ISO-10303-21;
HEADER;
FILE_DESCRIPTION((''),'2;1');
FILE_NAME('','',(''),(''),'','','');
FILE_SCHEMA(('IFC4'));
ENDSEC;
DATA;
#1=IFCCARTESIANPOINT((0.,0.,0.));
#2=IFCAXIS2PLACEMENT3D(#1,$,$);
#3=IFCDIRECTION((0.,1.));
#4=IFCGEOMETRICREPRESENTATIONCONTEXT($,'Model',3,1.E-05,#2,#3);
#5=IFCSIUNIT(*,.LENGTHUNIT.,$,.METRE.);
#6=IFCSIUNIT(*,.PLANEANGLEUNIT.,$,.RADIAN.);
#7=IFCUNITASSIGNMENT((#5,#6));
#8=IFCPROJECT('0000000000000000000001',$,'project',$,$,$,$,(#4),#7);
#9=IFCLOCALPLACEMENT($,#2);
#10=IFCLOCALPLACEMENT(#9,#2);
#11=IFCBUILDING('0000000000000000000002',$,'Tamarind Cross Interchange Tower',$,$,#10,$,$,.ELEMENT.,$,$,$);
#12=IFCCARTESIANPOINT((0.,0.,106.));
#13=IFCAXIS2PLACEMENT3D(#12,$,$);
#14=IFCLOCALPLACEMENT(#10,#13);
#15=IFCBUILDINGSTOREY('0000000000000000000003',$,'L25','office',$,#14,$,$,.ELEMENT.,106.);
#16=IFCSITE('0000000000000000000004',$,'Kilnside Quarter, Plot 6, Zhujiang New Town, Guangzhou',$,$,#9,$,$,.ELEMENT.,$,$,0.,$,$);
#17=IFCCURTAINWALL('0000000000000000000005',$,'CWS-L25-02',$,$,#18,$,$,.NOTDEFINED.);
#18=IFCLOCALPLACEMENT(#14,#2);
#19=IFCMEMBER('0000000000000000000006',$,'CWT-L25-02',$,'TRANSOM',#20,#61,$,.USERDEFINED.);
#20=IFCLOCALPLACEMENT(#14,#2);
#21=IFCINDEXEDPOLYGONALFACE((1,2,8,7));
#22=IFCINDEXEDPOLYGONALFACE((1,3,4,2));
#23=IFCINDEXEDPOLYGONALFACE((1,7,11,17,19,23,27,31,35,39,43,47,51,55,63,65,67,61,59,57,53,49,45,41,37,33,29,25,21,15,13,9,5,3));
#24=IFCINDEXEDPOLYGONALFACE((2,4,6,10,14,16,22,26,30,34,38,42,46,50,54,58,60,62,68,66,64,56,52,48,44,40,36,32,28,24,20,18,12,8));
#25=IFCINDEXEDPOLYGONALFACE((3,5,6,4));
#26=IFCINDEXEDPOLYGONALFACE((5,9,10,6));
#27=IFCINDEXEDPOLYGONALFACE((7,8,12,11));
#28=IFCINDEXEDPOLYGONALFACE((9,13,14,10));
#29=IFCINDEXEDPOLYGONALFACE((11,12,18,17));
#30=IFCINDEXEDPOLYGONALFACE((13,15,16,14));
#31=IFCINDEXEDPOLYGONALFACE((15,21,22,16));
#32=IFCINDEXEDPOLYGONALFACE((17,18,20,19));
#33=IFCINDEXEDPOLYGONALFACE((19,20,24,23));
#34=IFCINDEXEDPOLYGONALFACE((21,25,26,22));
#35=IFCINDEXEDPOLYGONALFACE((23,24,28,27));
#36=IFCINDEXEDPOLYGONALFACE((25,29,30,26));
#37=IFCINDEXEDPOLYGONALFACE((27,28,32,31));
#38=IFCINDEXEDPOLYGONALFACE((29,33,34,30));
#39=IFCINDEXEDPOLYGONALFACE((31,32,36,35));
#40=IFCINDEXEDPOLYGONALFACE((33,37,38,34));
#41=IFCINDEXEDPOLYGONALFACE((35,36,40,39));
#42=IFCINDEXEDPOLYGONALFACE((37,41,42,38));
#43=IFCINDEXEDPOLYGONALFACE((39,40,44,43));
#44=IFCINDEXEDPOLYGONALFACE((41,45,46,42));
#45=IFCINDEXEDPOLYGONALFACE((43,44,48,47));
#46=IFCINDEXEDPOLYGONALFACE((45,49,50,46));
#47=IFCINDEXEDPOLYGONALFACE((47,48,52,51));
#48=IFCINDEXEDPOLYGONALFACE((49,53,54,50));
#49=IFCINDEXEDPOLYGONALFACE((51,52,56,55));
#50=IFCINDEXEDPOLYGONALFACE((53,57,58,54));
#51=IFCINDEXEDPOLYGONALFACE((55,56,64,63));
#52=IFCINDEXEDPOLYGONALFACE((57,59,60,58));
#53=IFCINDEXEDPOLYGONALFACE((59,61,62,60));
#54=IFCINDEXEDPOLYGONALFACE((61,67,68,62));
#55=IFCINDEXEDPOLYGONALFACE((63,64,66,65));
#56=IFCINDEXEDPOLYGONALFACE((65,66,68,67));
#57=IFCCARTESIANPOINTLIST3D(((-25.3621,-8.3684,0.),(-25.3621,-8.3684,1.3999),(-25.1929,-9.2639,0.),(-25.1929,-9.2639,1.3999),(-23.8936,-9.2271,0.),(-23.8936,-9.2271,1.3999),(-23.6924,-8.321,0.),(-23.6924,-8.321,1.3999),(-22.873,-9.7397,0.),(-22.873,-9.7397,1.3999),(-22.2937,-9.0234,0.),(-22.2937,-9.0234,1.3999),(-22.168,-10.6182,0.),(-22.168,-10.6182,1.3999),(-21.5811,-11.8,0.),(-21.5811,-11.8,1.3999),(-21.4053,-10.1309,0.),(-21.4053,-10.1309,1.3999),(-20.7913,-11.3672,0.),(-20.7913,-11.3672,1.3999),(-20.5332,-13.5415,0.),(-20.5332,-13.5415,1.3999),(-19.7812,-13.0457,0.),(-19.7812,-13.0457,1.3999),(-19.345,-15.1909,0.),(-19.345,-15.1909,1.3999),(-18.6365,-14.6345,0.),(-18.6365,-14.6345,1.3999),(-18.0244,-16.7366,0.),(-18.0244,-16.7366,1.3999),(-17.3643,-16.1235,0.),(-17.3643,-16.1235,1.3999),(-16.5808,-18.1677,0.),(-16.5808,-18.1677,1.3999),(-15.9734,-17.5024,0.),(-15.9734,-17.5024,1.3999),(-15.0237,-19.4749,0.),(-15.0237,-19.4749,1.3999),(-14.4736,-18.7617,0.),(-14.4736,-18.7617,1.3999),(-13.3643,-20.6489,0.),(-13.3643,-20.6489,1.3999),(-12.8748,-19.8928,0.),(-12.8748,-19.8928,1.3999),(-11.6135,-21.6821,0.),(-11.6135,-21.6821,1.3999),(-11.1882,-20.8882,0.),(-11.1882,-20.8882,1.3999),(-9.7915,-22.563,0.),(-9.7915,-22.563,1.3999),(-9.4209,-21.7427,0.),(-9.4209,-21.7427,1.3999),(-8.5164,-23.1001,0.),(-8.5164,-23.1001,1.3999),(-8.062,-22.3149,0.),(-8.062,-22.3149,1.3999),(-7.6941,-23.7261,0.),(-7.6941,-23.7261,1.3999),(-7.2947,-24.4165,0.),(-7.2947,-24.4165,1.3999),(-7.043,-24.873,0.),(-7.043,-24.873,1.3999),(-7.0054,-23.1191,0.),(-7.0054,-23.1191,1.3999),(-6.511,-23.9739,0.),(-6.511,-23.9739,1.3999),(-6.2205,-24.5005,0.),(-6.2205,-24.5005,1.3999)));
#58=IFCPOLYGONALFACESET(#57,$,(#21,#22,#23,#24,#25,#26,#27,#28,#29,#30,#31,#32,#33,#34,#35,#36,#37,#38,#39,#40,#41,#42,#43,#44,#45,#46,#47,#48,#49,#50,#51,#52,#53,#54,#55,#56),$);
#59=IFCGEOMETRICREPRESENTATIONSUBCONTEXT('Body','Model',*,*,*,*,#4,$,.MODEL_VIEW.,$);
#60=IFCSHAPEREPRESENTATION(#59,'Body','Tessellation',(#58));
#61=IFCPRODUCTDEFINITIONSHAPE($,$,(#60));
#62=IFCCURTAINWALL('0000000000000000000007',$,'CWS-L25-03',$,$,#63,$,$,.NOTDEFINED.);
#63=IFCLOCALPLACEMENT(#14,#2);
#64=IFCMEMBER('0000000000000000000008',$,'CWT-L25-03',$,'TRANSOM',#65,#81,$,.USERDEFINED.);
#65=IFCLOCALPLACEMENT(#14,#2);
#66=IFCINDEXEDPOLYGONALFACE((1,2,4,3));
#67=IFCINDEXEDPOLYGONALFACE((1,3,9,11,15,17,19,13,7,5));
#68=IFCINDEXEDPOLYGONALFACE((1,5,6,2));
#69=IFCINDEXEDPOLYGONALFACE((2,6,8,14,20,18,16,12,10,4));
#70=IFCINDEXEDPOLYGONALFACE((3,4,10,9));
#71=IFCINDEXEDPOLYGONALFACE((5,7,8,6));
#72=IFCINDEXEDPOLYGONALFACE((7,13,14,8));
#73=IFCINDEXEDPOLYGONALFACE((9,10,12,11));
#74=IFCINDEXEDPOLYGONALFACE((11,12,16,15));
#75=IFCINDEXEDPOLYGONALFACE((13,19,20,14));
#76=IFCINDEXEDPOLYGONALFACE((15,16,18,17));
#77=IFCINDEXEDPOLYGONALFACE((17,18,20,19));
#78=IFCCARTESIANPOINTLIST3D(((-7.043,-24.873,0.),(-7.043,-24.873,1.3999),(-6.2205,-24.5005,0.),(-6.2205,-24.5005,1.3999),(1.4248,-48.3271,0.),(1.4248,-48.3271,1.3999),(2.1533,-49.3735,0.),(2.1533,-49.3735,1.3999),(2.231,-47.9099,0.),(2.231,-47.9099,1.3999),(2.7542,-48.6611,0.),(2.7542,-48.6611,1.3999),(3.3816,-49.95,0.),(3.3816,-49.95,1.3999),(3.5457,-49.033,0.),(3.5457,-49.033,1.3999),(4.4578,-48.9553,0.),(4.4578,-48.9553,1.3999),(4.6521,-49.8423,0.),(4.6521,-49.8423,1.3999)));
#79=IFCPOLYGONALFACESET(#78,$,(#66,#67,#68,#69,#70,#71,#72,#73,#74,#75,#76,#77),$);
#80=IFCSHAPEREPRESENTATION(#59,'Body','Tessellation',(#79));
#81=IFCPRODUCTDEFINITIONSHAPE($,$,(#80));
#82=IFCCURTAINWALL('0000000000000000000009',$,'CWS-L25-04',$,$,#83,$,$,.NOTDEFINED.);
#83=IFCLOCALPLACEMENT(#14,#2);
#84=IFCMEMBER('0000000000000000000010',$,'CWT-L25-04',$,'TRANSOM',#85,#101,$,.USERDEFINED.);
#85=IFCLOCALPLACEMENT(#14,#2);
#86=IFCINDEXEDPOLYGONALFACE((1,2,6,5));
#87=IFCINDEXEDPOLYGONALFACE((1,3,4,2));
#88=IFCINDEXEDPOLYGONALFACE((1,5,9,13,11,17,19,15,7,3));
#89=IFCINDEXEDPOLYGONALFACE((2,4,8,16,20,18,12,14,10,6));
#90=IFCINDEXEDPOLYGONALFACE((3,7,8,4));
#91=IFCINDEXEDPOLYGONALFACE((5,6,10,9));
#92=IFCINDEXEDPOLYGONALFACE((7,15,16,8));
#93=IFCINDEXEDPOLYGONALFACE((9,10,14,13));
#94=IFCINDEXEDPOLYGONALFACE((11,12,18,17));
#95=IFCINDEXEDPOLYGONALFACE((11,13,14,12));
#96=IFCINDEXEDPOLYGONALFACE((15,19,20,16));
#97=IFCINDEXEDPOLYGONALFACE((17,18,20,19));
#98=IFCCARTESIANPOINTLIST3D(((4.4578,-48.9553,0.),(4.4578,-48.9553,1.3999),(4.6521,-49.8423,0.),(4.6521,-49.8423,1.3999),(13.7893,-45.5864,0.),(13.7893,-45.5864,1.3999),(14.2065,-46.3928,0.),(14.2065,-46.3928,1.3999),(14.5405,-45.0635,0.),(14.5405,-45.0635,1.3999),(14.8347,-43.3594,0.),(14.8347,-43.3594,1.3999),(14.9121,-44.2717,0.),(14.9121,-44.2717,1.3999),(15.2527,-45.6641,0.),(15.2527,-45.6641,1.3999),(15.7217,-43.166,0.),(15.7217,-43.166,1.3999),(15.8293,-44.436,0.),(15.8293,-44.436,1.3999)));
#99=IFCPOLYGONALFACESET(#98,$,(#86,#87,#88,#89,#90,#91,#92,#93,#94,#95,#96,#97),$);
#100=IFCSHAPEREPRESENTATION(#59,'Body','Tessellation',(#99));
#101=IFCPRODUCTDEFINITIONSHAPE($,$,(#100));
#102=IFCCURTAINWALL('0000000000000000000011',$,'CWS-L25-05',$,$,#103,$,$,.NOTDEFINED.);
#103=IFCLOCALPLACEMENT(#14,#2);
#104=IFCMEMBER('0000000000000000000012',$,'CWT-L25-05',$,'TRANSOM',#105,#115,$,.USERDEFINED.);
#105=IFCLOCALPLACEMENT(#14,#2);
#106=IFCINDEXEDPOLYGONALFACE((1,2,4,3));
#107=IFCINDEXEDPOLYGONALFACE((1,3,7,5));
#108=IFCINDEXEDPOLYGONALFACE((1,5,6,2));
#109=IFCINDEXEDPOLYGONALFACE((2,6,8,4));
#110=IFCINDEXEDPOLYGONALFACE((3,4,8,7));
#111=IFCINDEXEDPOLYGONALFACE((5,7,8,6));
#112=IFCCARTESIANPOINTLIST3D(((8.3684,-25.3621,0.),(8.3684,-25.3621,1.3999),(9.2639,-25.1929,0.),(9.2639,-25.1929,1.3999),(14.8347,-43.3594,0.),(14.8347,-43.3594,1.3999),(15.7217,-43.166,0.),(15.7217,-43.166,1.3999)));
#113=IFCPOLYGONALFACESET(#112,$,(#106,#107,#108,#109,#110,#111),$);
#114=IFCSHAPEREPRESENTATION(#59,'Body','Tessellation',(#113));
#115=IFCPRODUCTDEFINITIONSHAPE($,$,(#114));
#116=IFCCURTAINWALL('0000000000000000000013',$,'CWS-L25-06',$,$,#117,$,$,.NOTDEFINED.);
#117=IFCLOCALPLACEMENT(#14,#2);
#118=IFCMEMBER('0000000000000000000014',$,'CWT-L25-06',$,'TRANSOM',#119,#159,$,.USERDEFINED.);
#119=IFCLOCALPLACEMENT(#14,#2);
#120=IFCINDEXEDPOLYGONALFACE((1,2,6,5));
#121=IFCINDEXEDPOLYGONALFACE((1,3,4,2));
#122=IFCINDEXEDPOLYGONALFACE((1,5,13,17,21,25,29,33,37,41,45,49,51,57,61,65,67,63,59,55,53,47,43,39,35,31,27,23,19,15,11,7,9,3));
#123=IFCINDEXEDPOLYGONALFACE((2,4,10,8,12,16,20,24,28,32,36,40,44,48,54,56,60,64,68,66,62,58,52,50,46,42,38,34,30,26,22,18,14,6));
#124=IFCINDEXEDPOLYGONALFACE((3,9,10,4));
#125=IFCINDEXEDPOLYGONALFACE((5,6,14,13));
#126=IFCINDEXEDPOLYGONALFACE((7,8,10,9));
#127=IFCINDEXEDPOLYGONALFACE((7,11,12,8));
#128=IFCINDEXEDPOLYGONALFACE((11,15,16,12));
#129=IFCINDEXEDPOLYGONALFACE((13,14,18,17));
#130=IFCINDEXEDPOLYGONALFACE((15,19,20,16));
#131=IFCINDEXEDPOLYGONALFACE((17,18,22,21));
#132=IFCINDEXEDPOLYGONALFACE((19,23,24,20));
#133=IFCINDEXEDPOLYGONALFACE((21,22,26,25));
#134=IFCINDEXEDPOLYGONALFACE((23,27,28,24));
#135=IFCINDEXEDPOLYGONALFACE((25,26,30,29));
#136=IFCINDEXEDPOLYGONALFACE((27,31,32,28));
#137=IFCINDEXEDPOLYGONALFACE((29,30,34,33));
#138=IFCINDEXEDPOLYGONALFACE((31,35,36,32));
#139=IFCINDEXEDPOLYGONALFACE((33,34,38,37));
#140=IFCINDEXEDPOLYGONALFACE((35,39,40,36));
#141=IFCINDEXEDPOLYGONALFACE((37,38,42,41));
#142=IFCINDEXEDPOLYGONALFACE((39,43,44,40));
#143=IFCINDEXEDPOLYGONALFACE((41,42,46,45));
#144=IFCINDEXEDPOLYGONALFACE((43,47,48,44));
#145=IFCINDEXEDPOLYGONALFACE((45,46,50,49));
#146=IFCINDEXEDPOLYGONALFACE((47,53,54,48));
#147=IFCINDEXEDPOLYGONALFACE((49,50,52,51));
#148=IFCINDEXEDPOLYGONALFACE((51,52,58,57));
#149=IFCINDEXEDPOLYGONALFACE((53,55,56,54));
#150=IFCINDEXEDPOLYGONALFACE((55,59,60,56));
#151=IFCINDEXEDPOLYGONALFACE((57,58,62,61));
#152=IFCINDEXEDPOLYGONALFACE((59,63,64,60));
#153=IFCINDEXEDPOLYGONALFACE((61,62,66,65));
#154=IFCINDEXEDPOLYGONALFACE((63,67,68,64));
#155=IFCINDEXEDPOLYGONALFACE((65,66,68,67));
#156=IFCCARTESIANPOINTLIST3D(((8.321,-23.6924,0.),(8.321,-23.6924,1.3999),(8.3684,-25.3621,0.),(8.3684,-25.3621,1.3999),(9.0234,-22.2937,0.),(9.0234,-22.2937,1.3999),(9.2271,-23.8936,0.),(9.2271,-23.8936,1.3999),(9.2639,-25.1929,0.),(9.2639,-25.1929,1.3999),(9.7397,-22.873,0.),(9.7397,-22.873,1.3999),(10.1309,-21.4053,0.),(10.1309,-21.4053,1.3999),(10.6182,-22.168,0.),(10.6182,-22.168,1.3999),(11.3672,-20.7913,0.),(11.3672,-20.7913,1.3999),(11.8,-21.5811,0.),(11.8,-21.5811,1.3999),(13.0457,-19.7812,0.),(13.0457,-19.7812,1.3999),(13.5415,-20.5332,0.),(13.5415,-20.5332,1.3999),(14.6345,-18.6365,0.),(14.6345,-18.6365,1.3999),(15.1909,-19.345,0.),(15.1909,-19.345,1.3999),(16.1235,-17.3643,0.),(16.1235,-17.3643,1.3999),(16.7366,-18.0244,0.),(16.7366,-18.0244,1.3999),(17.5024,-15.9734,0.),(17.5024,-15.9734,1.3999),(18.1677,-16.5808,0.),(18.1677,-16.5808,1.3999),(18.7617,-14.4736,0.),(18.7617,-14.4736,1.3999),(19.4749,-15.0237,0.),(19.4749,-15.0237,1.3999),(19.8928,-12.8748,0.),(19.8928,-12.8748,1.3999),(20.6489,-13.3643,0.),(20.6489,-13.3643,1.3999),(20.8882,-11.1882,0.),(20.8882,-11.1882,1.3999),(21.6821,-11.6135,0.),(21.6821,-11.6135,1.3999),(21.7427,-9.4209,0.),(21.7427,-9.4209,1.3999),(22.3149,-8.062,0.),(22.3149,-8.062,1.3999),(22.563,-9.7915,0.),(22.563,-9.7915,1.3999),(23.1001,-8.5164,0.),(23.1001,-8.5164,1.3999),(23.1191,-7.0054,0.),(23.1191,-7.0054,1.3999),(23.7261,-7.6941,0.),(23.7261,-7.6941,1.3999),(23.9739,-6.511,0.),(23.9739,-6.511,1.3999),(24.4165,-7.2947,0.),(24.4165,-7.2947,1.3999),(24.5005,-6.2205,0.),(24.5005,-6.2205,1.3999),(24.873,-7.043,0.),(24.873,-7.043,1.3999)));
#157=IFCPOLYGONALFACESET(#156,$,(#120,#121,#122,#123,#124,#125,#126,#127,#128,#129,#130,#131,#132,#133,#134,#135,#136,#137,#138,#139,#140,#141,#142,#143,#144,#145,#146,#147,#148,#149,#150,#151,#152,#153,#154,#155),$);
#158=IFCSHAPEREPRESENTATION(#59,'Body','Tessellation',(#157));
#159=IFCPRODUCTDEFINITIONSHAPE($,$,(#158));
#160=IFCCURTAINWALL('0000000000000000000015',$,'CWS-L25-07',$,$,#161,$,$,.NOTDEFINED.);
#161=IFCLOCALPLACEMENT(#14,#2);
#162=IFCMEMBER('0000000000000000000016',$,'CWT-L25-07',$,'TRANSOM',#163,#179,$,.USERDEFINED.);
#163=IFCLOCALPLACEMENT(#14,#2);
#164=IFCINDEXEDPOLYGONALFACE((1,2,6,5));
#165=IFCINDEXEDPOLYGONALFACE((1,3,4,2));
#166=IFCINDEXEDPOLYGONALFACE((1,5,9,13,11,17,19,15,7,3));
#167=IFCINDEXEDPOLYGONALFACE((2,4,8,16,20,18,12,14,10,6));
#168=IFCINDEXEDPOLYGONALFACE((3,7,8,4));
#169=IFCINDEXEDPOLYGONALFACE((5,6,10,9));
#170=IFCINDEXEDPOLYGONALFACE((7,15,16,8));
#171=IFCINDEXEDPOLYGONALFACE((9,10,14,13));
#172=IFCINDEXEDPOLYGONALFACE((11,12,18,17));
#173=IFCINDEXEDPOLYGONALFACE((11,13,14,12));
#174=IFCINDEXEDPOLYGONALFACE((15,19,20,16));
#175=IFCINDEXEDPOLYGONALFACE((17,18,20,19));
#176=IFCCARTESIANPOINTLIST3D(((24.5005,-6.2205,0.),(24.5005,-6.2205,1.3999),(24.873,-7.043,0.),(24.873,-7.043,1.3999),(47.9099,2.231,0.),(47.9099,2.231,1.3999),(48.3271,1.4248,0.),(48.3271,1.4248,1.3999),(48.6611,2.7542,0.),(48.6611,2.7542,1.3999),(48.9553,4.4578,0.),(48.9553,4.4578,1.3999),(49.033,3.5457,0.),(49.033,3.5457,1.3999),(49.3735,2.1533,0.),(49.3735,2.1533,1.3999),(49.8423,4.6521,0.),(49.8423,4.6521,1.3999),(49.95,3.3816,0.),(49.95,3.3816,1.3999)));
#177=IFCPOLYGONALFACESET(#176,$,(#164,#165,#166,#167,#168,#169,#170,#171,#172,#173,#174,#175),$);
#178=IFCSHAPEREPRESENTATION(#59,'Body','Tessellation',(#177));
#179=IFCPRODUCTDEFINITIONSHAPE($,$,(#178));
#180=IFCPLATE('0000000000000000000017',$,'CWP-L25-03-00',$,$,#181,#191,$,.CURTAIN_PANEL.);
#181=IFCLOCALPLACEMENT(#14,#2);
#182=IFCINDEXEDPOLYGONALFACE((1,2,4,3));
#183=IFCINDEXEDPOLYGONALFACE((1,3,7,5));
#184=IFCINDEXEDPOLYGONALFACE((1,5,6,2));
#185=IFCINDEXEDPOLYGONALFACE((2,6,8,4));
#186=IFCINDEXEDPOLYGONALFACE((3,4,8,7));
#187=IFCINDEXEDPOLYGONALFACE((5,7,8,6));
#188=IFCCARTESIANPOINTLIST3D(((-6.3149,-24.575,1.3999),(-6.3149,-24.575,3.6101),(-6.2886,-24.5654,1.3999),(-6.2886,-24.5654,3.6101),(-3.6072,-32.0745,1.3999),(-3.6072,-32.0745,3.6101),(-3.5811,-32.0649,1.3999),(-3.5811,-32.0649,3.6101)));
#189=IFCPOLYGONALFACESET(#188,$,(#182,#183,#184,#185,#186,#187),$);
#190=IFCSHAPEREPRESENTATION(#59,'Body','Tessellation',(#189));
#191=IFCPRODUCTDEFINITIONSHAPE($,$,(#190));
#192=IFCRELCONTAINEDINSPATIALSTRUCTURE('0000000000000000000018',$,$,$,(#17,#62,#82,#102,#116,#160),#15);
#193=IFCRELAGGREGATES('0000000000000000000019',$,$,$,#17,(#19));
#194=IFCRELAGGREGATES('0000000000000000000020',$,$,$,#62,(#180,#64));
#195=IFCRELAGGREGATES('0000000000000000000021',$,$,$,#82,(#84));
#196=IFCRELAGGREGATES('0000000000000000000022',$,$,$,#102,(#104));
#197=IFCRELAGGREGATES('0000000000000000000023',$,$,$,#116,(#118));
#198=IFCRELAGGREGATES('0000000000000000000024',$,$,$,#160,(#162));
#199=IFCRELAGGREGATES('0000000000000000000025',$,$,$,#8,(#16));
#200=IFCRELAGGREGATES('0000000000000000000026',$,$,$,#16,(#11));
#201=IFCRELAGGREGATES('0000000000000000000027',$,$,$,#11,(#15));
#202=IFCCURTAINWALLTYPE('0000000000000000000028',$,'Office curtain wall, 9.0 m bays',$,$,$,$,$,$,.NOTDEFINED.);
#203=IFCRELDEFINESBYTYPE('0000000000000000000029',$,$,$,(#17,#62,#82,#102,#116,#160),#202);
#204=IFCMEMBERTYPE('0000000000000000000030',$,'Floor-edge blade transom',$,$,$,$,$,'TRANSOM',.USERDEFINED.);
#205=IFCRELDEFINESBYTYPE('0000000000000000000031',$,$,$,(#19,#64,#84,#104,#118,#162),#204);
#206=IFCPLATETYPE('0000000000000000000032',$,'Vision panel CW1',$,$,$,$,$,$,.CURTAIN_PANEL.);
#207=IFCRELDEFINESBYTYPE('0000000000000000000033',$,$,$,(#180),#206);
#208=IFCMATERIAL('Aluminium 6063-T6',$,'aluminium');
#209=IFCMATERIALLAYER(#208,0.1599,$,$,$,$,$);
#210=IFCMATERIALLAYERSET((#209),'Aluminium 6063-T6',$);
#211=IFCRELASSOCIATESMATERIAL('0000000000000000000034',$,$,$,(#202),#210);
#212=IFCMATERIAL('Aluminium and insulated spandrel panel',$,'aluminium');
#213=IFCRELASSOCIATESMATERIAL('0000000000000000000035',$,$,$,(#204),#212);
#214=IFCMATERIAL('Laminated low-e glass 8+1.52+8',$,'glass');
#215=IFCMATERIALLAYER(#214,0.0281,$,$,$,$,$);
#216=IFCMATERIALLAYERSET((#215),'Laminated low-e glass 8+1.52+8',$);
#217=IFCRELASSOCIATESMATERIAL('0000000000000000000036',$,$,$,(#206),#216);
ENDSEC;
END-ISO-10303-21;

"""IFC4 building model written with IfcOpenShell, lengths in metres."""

from ifc_helpers import new_model, si_unit, direction, frame, origin, place, context, subcontext, project, spatial, polyline, outline, extrude, material, layer, layer_set, type_object, element, aggregate, save


model = new_model("IFC4")

# Units and contexts
model_context = context("Model", 3, precision=1e-05, world=origin(), true_north=direction((0.0, 1.0)))
body_context = subcontext(model_context, "Body", "Model", "MODEL_VIEW")
ifc_project = project(units=[si_unit("LENGTHUNIT", "METRE"), si_unit("PLANEANGLEUNIT", "RADIAN")], contexts=[model_context])

# Site, building, storey
site_placement = place(None, origin())
site = spatial("IfcSite", under=ifc_project, at=site_placement, Name="Kilnside Quarter, Plot 6, Zhujiang New Town, Guangzhou", CompositionType="ELEMENT", RefElevation=0.0)
building_placement = place(site_placement, origin())
building = spatial("IfcBuilding", under=site, at=building_placement, Name="Tamarind Cross Interchange Tower", CompositionType="ELEMENT")
storey_placement = place(building_placement, frame((0.0, 0.0, 106.0)))
storey = spatial("IfcBuildingStorey", under=building, at=storey_placement, Name="L25", Description="office", CompositionType="ELEMENT", Elevation=106.0)

# Curtain walls, members
ifc_material_1 = material(Name="Aluminium 6063-T6", Category="aluminium")
ifc_layer_1 = layer(ifc_material_1, 0.1599)
ifc_layer_set_1 = layer_set([ifc_layer_1], Name="Aluminium 6063-T6")
curtain_wall_type = type_object("IfcCurtainWallType", Name="Office curtain wall, 9.0 m bays", PredefinedType="NOTDEFINED", material=ifc_layer_set_1)
curtain_wall_1_placement = place(storey_placement, origin())
curtain_wall_1 = element("IfcCurtainWall", 1, at=curtain_wall_1_placement, inside=storey, type_object=curtain_wall_type, Name="CWS-L25-02", PredefinedType="NOTDEFINED")
ifc_material_2 = material(Name="Aluminium and insulated spandrel panel", Category="aluminium")
member_type = type_object("IfcMemberType", Name="Floor-edge blade transom", ElementType="TRANSOM", PredefinedType="USERDEFINED", material=ifc_material_2)
member_1_placement = place(storey_placement, origin())
member_1 = element("IfcMember", 2, at=member_1_placement, type_object=member_type, Name="CWT-L25-02", ObjectType="TRANSOM", PredefinedType="USERDEFINED", context=body_context, shape_type="SweptSolid", body=[
    extrude(outline(polyline([(-25.3621, -8.3684), (-23.6924, -8.321), (-22.2937, -9.0234), (-21.4053, -10.1309), (-20.7913, -11.3672), (-19.7812, -13.0457), (-18.6365, -14.6345), (-17.3643, -16.1235), (-15.9734, -17.5024), (-14.4736, -18.7617), (-12.8748, -19.8928), (-11.1882, -20.8882), (-9.4209, -21.7427), (-8.062, -22.3149), (-7.0054, -23.1191), (-6.511, -23.9739), (-6.2205, -24.5005), (-7.043, -24.873), (-7.2947, -24.4165), (-7.6941, -23.7261), (-8.5164, -23.1001), (-9.7915, -22.563), (-11.6135, -21.6821), (-13.3643, -20.6489), (-15.0237, -19.4749), (-16.5808, -18.1677), (-18.0244, -16.7366), (-19.345, -15.1909), (-20.5332, -13.5415), (-21.5811, -11.8), (-22.168, -10.6182), (-22.873, -9.7397), (-23.8936, -9.2271), (-25.1929, -9.2639), (-25.3621, -8.3684)])), origin(), (0.0, 0.0, 1.0), 1.3999),
])
aggregate(curtain_wall_1, [member_1])
curtain_wall_2_placement = place(storey_placement, origin())
curtain_wall_2 = element("IfcCurtainWall", 3, at=curtain_wall_2_placement, inside=storey, type_object=curtain_wall_type, Name="CWS-L25-03", PredefinedType="NOTDEFINED")
member_2_placement = place(storey_placement, origin())
member_2 = element("IfcMember", 4, at=member_2_placement, type_object=member_type, Name="CWT-L25-03", ObjectType="TRANSOM", PredefinedType="USERDEFINED", context=body_context, shape_type="SweptSolid", body=[
    extrude(outline(polyline([(-6.2205, -24.5005), (2.231, -47.9099), (2.7542, -48.6611), (3.5457, -49.033), (4.4578, -48.9553), (4.6521, -49.8423), (3.3816, -49.95), (2.1533, -49.3735), (1.4248, -48.3271), (-7.043, -24.873), (-6.2205, -24.5005)])), origin(), (0.0, 0.0, 1.0), 1.3999),
])
curtain_wall_3_placement = place(storey_placement, origin())
curtain_wall_3 = element("IfcCurtainWall", 5, at=curtain_wall_3_placement, inside=storey, type_object=curtain_wall_type, Name="CWS-L25-04", PredefinedType="NOTDEFINED")
member_3_placement = place(storey_placement, origin())
member_3 = element("IfcMember", 6, at=member_3_placement, type_object=member_type, Name="CWT-L25-04", ObjectType="TRANSOM", PredefinedType="USERDEFINED", context=body_context, shape_type="SweptSolid", body=[
    extrude(outline(polyline([(4.4578, -48.9553), (13.7893, -45.5864), (14.5405, -45.0635), (14.9121, -44.2717), (14.8347, -43.3594), (15.7217, -43.166), (15.8293, -44.436), (15.2527, -45.6641), (14.2065, -46.3928), (4.6521, -49.8423), (4.4578, -48.9553)])), origin(), (0.0, 0.0, 1.0), 1.3999),
])
curtain_wall_4_placement = place(storey_placement, origin())
curtain_wall_4 = element("IfcCurtainWall", 7, at=curtain_wall_4_placement, inside=storey, type_object=curtain_wall_type, Name="CWS-L25-05", PredefinedType="NOTDEFINED")
member_4_placement = place(storey_placement, origin())
member_4 = element("IfcMember", 8, at=member_4_placement, type_object=member_type, Name="CWT-L25-05", ObjectType="TRANSOM", PredefinedType="USERDEFINED", context=body_context, shape_type="SweptSolid", body=[
    extrude(outline(polyline([(14.8347, -43.3594), (8.3684, -25.3621), (9.2639, -25.1929), (15.7217, -43.166), (14.8347, -43.3594)])), origin(), (0.0, 0.0, 1.0), 1.3999),
])
curtain_wall_5_placement = place(storey_placement, origin())
curtain_wall_5 = element("IfcCurtainWall", 9, at=curtain_wall_5_placement, inside=storey, type_object=curtain_wall_type, Name="CWS-L25-06", PredefinedType="NOTDEFINED")
member_5_placement = place(storey_placement, origin())
member_5 = element("IfcMember", 10, at=member_5_placement, type_object=member_type, Name="CWT-L25-06", ObjectType="TRANSOM", PredefinedType="USERDEFINED", context=body_context, shape_type="SweptSolid", body=[
    extrude(outline(polyline([(8.3684, -25.3621), (8.321, -23.6924), (9.0234, -22.2937), (10.1309, -21.4053), (11.3672, -20.7913), (13.0457, -19.7812), (14.6345, -18.6365), (16.1235, -17.3643), (17.5024, -15.9734), (18.7617, -14.4736), (19.8928, -12.8748), (20.8882, -11.1882), (21.7427, -9.4209), (22.3149, -8.062), (23.1191, -7.0054), (23.9739, -6.511), (24.5005, -6.2205), (24.873, -7.043), (24.4165, -7.2947), (23.7261, -7.6941), (23.1001, -8.5164), (22.563, -9.7915), (21.6821, -11.6135), (20.6489, -13.3643), (19.4749, -15.0237), (18.1677, -16.5808), (16.7366, -18.0244), (15.1909, -19.345), (13.5415, -20.5332), (11.8, -21.5811), (10.6182, -22.168), (9.7397, -22.873), (9.2271, -23.8936), (9.2639, -25.1929), (8.3684, -25.3621)])), origin(), (0.0, 0.0, 1.0), 1.3999),
])
curtain_wall_6_placement = place(storey_placement, origin())
curtain_wall_6 = element("IfcCurtainWall", 11, at=curtain_wall_6_placement, inside=storey, type_object=curtain_wall_type, Name="CWS-L25-07", PredefinedType="NOTDEFINED")
member_6_placement = place(storey_placement, origin())
member_6 = element("IfcMember", 12, at=member_6_placement, type_object=member_type, Name="CWT-L25-07", ObjectType="TRANSOM", PredefinedType="USERDEFINED", context=body_context, shape_type="SweptSolid", body=[
    extrude(outline(polyline([(24.5005, -6.2205), (47.9099, 2.231), (48.6611, 2.7542), (49.033, 3.5457), (48.9553, 4.4578), (49.8423, 4.6521), (49.95, 3.3816), (49.3735, 2.1533), (48.3271, 1.4248), (24.873, -7.043), (24.5005, -6.2205)])), origin(), (0.0, 0.0, 1.0), 1.3999),
])

# Plate
ifc_material_3 = material(Name="Laminated low-e glass 8+1.52+8", Category="glass")
ifc_layer_2 = layer(ifc_material_3, 0.0281)
ifc_layer_set_2 = layer_set([ifc_layer_2], Name="Laminated low-e glass 8+1.52+8")
plate_type = type_object("IfcPlateType", Name="Vision panel CW1", PredefinedType="CURTAIN_PANEL", material=ifc_layer_set_2)
plate_1_placement = place(storey_placement, frame((0.0, 0.0, 1.3999)))
plate_1 = element("IfcPlate", 13, at=plate_1_placement, type_object=plate_type, Name="CWP-L25-03-00", PredefinedType="CURTAIN_PANEL", context=body_context, shape_type="SweptSolid", body=[
    extrude(outline(polyline([(-6.2886, -24.5654), (-3.5811, -32.0649), (-3.6072, -32.0745), (-6.3149, -24.575), (-6.2886, -24.5654)])), origin(), (0.0, 0.0, 1.0), 2.2102),
])
aggregate(curtain_wall_2, [plate_1, member_2])
aggregate(curtain_wall_3, [member_3])
aggregate(curtain_wall_4, [member_4])
aggregate(curtain_wall_5, [member_5])
aggregate(curtain_wall_6, [member_6])

save(model, "model.ifc")
